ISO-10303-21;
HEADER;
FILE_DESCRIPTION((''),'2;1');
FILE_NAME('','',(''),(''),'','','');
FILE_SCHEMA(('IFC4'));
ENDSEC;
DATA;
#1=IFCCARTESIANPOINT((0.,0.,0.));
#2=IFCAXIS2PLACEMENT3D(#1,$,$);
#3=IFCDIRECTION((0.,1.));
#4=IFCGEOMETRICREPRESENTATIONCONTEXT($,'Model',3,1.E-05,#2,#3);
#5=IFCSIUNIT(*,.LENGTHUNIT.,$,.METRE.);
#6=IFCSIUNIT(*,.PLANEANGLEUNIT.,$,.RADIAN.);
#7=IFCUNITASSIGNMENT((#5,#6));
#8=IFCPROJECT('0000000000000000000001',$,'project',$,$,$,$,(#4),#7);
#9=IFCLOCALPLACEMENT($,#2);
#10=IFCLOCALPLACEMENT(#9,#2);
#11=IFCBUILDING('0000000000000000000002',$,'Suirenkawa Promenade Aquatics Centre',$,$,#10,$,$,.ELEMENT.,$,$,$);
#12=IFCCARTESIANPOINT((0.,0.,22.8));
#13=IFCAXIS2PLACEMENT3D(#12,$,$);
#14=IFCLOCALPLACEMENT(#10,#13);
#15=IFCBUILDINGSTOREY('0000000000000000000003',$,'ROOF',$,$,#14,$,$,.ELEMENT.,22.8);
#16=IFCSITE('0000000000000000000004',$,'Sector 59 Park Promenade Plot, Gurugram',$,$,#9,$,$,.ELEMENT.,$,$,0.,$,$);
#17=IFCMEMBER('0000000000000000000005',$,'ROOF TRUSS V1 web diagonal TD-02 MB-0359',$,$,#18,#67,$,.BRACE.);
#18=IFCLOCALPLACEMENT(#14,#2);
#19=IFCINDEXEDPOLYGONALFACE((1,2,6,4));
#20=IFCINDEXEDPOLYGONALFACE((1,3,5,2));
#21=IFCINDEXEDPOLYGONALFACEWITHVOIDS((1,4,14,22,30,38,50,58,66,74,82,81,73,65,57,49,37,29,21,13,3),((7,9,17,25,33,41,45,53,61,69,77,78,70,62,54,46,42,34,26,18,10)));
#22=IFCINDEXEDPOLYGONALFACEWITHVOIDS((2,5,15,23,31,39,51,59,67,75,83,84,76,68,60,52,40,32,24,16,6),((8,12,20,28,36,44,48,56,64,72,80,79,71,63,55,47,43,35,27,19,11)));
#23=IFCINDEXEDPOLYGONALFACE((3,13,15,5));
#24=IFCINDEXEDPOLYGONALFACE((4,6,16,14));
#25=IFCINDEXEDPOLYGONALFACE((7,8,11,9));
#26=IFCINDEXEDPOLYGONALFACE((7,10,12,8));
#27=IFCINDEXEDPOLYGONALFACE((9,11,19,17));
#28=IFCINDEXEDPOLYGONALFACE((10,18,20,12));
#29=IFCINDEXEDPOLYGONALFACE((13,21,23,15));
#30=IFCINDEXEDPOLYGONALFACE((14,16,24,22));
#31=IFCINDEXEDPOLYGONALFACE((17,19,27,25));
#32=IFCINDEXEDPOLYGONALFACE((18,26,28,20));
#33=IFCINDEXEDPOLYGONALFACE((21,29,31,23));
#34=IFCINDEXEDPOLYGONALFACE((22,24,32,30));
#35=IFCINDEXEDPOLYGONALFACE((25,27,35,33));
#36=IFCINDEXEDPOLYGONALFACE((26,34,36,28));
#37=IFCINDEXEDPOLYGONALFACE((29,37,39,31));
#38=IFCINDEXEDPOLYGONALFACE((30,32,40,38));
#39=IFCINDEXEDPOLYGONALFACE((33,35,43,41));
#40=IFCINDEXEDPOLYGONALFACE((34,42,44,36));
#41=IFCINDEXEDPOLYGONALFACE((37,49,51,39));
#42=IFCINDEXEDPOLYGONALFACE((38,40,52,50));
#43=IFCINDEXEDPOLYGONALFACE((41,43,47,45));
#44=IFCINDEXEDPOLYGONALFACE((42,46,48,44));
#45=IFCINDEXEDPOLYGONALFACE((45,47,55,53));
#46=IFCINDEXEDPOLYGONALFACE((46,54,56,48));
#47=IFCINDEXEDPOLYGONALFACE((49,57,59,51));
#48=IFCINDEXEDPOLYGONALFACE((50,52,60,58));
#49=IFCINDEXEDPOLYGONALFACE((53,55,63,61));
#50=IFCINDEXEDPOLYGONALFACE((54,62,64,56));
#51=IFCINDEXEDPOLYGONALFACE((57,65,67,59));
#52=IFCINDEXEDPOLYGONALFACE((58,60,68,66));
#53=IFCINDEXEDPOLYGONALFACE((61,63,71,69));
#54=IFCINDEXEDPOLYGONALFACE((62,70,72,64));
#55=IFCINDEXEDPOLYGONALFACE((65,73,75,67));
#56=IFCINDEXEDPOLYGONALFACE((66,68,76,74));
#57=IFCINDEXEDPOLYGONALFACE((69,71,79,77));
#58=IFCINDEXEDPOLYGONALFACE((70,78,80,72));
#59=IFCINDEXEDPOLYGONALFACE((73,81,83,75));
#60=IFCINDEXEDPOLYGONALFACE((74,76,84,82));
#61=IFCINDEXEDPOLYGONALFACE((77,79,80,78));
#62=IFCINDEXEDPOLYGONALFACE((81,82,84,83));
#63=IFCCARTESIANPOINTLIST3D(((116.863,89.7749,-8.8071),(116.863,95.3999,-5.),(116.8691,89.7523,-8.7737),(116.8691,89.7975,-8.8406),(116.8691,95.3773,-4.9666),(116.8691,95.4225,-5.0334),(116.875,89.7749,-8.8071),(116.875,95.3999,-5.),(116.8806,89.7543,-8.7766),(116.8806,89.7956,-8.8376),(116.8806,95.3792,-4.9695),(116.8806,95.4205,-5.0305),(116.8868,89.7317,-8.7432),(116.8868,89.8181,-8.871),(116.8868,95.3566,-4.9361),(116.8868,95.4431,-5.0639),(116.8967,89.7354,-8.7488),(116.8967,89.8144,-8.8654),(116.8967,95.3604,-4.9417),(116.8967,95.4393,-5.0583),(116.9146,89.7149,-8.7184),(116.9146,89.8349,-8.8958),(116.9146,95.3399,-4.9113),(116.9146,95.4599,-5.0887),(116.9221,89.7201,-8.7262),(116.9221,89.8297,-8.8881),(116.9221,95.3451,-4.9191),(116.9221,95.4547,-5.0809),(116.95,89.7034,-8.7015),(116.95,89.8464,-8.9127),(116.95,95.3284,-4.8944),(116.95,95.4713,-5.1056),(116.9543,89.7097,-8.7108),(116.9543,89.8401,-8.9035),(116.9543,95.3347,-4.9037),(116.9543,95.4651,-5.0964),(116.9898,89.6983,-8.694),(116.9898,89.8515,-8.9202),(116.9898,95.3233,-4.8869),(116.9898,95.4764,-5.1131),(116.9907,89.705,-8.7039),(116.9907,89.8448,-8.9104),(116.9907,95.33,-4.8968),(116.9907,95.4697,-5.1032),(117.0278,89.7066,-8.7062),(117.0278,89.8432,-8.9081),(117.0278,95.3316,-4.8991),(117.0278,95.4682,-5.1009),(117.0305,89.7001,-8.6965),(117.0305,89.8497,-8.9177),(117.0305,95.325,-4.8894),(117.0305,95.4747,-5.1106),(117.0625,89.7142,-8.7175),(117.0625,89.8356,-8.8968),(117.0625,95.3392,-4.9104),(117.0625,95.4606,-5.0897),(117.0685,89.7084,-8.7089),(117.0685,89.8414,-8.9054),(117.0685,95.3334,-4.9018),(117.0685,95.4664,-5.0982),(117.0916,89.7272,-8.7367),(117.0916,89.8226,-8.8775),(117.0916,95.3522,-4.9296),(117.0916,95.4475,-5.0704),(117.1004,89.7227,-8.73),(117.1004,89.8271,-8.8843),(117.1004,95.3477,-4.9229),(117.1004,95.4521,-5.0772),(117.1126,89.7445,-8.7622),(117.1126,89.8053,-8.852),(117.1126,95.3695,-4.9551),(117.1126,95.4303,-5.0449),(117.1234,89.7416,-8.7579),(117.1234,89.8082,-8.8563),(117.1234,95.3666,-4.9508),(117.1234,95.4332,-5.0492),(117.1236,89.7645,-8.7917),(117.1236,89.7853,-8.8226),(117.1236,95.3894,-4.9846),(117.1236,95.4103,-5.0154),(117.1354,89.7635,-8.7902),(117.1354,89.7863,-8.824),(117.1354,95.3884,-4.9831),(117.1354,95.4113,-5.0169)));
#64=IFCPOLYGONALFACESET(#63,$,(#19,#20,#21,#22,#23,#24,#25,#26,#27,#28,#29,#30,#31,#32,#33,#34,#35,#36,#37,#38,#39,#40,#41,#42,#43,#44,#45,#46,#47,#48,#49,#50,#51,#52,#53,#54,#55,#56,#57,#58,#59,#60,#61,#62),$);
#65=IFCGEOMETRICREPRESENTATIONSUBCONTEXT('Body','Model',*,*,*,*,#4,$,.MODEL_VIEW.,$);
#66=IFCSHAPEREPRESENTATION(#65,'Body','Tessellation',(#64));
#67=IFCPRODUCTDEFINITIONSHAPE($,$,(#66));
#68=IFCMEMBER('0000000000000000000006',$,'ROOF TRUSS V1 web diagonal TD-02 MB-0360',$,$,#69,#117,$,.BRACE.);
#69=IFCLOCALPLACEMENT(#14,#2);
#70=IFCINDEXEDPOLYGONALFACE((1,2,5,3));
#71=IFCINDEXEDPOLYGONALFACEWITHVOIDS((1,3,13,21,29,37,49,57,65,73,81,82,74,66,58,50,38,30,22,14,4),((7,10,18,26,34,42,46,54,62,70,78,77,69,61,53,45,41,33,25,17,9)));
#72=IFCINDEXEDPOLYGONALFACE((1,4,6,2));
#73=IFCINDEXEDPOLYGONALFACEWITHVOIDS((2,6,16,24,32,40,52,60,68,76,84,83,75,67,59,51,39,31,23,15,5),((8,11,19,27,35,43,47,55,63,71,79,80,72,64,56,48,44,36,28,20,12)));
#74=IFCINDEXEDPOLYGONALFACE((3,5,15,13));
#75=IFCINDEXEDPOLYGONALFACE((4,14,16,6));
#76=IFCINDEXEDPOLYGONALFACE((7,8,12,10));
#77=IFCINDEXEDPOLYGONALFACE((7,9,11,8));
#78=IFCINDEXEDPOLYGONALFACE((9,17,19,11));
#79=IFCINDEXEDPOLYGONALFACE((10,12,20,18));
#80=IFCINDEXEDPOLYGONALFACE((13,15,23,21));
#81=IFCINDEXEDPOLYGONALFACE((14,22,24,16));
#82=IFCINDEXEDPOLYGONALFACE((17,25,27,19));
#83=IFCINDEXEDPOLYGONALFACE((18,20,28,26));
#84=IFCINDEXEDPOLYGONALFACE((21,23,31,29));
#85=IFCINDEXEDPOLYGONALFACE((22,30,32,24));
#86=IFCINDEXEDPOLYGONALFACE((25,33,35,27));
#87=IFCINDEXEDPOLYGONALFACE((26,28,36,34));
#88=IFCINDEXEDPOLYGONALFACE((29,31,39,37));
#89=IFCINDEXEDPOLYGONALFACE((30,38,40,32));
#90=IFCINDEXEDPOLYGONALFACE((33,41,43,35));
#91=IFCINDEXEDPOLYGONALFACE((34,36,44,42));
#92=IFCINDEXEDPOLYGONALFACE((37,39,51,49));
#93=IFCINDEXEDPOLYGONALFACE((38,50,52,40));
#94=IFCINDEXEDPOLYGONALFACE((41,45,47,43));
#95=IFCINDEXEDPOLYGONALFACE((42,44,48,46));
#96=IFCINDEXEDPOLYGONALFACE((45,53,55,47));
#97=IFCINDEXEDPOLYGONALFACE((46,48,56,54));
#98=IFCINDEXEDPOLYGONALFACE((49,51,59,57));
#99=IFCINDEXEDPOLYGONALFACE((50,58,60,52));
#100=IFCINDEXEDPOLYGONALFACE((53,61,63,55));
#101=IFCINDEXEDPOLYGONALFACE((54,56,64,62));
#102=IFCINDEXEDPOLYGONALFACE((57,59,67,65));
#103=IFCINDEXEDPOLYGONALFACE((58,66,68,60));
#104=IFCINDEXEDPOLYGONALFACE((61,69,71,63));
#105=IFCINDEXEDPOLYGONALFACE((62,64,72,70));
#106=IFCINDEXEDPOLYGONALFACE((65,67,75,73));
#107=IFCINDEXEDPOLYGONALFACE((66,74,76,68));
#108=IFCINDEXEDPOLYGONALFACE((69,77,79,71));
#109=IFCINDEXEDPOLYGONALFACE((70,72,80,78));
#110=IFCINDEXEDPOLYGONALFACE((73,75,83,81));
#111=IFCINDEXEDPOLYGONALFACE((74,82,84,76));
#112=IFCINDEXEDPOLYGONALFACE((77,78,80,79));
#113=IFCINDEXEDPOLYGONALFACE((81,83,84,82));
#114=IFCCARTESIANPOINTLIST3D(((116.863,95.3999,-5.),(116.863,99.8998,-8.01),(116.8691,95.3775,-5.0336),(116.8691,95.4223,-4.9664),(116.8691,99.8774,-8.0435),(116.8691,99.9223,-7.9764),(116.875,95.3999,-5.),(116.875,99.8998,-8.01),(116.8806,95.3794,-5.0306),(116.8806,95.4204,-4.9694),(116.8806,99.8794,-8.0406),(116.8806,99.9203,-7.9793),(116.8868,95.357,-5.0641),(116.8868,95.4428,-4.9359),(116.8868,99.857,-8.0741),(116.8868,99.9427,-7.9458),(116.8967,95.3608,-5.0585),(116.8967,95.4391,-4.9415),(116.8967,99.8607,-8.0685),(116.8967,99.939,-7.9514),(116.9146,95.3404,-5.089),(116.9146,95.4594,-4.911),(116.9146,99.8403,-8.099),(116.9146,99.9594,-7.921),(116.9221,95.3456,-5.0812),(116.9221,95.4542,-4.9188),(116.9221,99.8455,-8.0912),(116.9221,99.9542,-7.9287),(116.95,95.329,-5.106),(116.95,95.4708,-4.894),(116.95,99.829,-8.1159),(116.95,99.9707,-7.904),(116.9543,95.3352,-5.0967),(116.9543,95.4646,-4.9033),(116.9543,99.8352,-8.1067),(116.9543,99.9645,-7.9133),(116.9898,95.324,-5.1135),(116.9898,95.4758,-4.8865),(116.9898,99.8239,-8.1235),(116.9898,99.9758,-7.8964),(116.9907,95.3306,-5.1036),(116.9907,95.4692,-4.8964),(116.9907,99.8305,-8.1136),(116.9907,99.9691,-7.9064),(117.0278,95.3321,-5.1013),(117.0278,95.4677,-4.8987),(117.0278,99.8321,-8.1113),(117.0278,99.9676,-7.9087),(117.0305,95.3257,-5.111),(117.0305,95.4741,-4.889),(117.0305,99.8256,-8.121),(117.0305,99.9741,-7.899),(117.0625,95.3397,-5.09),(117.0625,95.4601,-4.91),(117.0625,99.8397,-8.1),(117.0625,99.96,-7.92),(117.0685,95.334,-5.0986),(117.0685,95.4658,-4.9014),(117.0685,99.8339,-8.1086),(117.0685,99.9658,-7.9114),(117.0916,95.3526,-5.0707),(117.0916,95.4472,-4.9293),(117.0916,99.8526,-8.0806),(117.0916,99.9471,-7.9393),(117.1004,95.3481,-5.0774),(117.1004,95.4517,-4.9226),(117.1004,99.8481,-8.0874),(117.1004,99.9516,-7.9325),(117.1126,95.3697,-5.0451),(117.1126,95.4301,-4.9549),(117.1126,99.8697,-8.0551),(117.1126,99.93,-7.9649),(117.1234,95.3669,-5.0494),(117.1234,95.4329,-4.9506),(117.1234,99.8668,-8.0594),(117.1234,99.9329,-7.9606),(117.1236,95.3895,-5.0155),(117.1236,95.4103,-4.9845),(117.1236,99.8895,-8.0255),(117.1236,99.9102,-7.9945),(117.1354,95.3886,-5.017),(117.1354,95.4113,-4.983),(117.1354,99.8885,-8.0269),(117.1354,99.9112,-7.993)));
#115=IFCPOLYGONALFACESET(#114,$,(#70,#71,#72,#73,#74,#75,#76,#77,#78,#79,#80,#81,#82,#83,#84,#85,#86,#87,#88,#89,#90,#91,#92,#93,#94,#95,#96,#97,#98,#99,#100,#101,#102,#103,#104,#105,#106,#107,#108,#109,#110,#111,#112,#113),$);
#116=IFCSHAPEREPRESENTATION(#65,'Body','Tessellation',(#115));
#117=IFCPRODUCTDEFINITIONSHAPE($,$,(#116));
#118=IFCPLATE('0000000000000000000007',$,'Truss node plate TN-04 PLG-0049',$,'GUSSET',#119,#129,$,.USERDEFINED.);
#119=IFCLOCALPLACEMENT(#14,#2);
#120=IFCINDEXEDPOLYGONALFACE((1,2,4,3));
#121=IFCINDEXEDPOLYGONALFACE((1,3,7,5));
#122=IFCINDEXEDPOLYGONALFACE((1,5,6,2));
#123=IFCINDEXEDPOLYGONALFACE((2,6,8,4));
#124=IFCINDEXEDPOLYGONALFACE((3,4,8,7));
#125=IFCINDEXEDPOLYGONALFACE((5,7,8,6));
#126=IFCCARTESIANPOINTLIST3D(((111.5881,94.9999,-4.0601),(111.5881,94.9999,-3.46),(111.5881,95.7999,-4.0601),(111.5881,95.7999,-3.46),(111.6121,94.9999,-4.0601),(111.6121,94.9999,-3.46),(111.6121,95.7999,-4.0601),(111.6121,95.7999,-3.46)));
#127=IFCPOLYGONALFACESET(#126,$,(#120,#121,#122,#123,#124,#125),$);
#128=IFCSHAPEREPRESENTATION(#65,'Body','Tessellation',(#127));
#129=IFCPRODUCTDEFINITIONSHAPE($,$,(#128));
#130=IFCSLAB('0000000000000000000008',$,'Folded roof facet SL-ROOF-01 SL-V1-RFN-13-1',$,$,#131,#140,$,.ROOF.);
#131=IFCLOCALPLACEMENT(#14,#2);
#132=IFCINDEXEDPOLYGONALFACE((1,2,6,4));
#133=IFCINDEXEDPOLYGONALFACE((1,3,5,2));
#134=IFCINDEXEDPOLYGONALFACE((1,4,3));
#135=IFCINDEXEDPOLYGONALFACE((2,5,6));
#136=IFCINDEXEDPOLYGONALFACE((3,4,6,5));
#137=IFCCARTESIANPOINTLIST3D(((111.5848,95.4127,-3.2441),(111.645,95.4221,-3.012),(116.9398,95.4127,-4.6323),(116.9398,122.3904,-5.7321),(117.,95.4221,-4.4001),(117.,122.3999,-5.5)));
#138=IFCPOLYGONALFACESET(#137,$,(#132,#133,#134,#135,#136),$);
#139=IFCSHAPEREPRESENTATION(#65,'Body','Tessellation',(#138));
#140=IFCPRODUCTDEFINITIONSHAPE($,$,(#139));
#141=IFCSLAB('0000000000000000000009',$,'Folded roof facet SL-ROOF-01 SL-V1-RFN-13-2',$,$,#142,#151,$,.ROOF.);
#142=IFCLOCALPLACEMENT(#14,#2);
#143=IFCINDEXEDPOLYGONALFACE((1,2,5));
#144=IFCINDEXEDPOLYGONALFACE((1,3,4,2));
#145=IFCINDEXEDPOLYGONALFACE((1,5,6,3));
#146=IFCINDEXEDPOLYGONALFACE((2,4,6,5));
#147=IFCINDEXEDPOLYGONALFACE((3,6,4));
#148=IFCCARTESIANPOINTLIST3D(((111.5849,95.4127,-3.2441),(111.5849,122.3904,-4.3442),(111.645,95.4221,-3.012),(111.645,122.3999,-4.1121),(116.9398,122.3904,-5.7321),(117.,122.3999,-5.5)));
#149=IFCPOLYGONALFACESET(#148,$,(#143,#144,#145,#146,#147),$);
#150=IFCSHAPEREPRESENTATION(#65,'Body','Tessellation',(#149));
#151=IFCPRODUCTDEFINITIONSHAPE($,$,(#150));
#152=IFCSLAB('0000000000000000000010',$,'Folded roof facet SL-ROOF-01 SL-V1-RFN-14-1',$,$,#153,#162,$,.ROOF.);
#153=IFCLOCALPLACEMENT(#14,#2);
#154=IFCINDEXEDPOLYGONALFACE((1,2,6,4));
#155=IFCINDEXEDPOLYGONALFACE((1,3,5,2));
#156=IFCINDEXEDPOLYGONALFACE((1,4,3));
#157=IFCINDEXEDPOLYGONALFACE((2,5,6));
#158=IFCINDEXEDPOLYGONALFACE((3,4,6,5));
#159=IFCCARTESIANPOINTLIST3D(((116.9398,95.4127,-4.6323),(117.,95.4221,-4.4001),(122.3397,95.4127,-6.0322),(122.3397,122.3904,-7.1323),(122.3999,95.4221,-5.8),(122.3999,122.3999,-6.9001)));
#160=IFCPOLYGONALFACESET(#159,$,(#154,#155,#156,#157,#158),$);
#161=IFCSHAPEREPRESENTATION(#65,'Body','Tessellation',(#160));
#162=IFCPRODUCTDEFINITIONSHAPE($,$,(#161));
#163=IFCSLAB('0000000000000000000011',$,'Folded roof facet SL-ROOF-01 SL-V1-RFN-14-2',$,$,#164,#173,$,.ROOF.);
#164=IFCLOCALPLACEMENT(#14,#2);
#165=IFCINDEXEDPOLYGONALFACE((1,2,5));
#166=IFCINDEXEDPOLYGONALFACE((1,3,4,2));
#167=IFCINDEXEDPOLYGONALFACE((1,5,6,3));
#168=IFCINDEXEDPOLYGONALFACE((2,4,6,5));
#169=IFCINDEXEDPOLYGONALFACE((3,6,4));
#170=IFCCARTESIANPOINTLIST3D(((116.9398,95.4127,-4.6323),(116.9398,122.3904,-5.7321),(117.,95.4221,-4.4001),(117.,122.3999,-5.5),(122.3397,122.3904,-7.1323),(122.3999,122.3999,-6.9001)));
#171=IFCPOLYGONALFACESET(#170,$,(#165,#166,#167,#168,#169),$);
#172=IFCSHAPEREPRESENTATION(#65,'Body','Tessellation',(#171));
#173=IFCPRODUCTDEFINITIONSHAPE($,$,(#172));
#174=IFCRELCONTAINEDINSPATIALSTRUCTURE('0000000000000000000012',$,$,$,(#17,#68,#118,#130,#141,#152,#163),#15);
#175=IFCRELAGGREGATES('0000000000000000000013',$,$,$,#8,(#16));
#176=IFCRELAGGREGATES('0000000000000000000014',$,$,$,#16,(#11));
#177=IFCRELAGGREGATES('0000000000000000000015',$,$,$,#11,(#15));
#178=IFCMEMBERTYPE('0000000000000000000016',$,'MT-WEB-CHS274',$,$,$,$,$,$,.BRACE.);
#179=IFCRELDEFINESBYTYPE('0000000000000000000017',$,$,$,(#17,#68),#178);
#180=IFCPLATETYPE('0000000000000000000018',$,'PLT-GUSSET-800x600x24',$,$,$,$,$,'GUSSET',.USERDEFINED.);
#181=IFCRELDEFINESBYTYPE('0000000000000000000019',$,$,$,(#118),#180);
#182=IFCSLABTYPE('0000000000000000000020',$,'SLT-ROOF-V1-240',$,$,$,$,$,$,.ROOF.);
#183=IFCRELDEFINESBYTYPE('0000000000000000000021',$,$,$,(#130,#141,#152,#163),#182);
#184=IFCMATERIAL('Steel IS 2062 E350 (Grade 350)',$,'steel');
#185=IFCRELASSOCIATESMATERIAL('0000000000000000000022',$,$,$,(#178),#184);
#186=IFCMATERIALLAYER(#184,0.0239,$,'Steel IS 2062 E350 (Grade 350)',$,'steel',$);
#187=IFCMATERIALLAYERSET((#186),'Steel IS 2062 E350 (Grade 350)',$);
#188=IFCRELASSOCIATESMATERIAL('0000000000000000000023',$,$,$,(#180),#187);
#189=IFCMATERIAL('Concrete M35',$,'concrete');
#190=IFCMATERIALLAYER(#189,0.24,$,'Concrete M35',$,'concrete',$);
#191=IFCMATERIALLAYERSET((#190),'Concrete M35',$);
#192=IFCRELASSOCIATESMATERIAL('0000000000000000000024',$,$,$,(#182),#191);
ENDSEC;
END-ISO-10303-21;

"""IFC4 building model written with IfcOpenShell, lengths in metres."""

from ifc_helpers import new_model, si_unit, direction, frame, origin, origin_2d, place, context, subcontext, project, spatial, polyline, rectangle, hollow_circle, outline, extrude, material, layer, layer_set, material_profile, profile_set, type_object, element, save


model = new_model("IFC4")

# Units and contexts
model_context = context("Model", 3, precision=1e-05, world=origin(), true_north=direction((0.0, 1.0)))
body_context = subcontext(model_context, "Body", "Model", "MODEL_VIEW")
ifc_project = project(units=[si_unit("LENGTHUNIT", "METRE"), si_unit("PLANEANGLEUNIT", "RADIAN")], contexts=[model_context])

# Site, building, storey
site_placement = place(None, origin())
site = spatial("IfcSite", under=ifc_project, at=site_placement, Name="Sector 59 Park Promenade Plot, Gurugram", CompositionType="ELEMENT", RefElevation=0.0)
building_placement = place(site_placement, origin())
building = spatial("IfcBuilding", under=site, at=building_placement, Name="Suirenkawa Promenade Aquatics Centre", CompositionType="ELEMENT")
storey_placement = place(building_placement, frame((0.0, 0.0, 22.8)))
storey = spatial("IfcBuildingStorey", under=building, at=storey_placement, Name="ROOF", CompositionType="ELEMENT", Elevation=22.8)

# Shared definitions
ifc_material_1 = material(Name="Steel IS 2062 E350 (Grade 350)", Category="steel")

# Members
ifc_material_profile_1 = material_profile(ifc_material_1, hollow_circle(Radius=0.137, WallThickness=0.012, at=origin_2d()), Name="CHS 274x12", Category="steel")
ifc_profile_set_1 = profile_set([ifc_material_profile_1], Name="Steel IS 2062 E350 (Grade 350)")
member_type_1 = type_object("IfcMemberType", Name="MT-WEB-CHS274", PredefinedType="BRACE", material=ifc_profile_set_1)
member_1_placement = place(storey_placement, frame((117.0, 89.7749, -8.8071), z_axis=(0.0, 0.828148, 0.56051), x_axis=(-1.0, 0.0, 0.0)))
element("IfcMember", 1, at=member_1_placement, inside=storey, type_object=member_type_1, Name="ROOF TRUSS V1 web diagonal TD-02 MB-0359", PredefinedType="BRACE", context=body_context, shape_type="SweptSolid", body=[
    extrude(hollow_circle(Radius=0.137, WallThickness=0.012, at=origin_2d()), origin(), (0.0, 0.0, 1.0), 6.7922),
])
member_2_placement = place(storey_placement, frame((117.0, 95.3999, -5.0), z_axis=(0.0, 0.831196, -0.55598), x_axis=(-1.0, 0.0, 0.0)))
element("IfcMember", 2, at=member_2_placement, inside=storey, type_object=member_type_1, Name="ROOF TRUSS V1 web diagonal TD-02 MB-0360", PredefinedType="BRACE", context=body_context, shape_type="SweptSolid", body=[
    extrude(hollow_circle(Radius=0.137, WallThickness=0.012, at=origin_2d()), origin(), (0.0, 0.0, 1.0), 5.4138),
])

# Plate
ifc_layer_1 = layer(ifc_material_1, 0.0239, Name="Steel IS 2062 E350 (Grade 350)", Category="steel")
ifc_layer_set_1 = layer_set([ifc_layer_1], Name="Steel IS 2062 E350 (Grade 350)")
plate_type = type_object("IfcPlateType", Name="PLT-GUSSET-800x600x24", ElementType="GUSSET", PredefinedType="USERDEFINED", material=ifc_layer_set_1)
plate_placement = place(storey_placement, frame((111.6001, 95.3999, -4.0601), z_axis=(0.0, 0.0, 1.0), x_axis=(0.0, 1.0, 0.0)))
element("IfcPlate", 3, at=plate_placement, inside=storey, type_object=plate_type, Name="Truss node plate TN-04 PLG-0049", ObjectType="GUSSET", PredefinedType="USERDEFINED", context=body_context, shape_type="SweptSolid", body=[
    extrude(rectangle(XDim=0.8, YDim=0.0239, at=origin_2d()), origin(), (0.0, 0.0, 1.0), 0.6001),
])

# Slabs
ifc_material_2 = material(Name="Concrete M35", Category="concrete")
ifc_layer_2 = layer(ifc_material_2, 0.24, Name="Concrete M35", Category="concrete")
ifc_layer_set_2 = layer_set([ifc_layer_2], Name="Concrete M35")
slab_type = type_object("IfcSlabType", Name="SLT-ROOF-V1-240", PredefinedType="ROOF", material=ifc_layer_set_2)
slab_1_placement = place(storey_placement, frame((111.645, 95.4221, -3.012), z_axis=(0.250742, 0.039434, 0.96725), x_axis=(0.968003, 0.0, -0.250938)))
element("IfcSlab", 4, at=slab_1_placement, inside=storey, type_object=slab_type, Name="Folded roof facet SL-ROOF-01 SL-V1-RFN-13-1", PredefinedType="ROOF", context=body_context, shape_type="SweptSolid", body=[
    extrude(outline(polyline([(0.0, 0.0), (5.532, 0.0), (5.808, 26.9988), (0.0, 0.0)])), origin(), (0.0, 0.0, -1.0), 0.24),
])
slab_2_placement = place(storey_placement, frame((111.645, 95.4221, -3.012), z_axis=(0.250701, 0.039443, 0.967261), x_axis=(0.193906, 0.976875, -0.090093)))
element("IfcSlab", 5, at=slab_2_placement, inside=storey, type_object=slab_type, Name="Folded roof facet SL-ROOF-01 SL-V1-RFN-13-2", PredefinedType="ROOF", context=body_context, shape_type="SweptSolid", body=[
    extrude(outline(polyline([(0.0, 0.0), (27.6164, 0.0), (26.453, 5.4082), (0.0, 0.0)])), origin(), (0.0, 0.0, -1.0), 0.24),
])
slab_3_placement = place(storey_placement, frame((117.0, 95.4221, -4.4001), z_axis=(0.250755, 0.039442, 0.967247), x_axis=(0.968, 0.0, -0.25095)))
element("IfcSlab", 6, at=slab_3_placement, inside=storey, type_object=slab_type, Name="Folded roof facet SL-ROOF-01 SL-V1-RFN-14-1", PredefinedType="ROOF", context=body_context, shape_type="SweptSolid", body=[
    extrude(outline(polyline([(0.0, 0.0), (5.5784, 0.0), (5.8545, 26.9988), (0.0, 0.0)])), origin(), (0.0, 0.0, -1.0), 0.24),
])
slab_4_placement = place(storey_placement, frame((117.0, 95.4221, -4.4001), z_axis=(0.250796, 0.039433, 0.967237), x_axis=(0.195463, 0.976527, -0.090494)))
element("IfcSlab", 7, at=slab_4_placement, inside=storey, type_object=slab_type, Name="Folded roof facet SL-ROOF-01 SL-V1-RFN-14-2", PredefinedType="ROOF", context=body_context, shape_type="SweptSolid", body=[
    extrude(outline(polyline([(0.0, 0.0), (27.6263, 0.0), (26.4441, 5.4518), (0.0, 0.0)])), origin(), (0.0, 0.0, -1.0), 0.24),
])

save(model, "model.ifc")
